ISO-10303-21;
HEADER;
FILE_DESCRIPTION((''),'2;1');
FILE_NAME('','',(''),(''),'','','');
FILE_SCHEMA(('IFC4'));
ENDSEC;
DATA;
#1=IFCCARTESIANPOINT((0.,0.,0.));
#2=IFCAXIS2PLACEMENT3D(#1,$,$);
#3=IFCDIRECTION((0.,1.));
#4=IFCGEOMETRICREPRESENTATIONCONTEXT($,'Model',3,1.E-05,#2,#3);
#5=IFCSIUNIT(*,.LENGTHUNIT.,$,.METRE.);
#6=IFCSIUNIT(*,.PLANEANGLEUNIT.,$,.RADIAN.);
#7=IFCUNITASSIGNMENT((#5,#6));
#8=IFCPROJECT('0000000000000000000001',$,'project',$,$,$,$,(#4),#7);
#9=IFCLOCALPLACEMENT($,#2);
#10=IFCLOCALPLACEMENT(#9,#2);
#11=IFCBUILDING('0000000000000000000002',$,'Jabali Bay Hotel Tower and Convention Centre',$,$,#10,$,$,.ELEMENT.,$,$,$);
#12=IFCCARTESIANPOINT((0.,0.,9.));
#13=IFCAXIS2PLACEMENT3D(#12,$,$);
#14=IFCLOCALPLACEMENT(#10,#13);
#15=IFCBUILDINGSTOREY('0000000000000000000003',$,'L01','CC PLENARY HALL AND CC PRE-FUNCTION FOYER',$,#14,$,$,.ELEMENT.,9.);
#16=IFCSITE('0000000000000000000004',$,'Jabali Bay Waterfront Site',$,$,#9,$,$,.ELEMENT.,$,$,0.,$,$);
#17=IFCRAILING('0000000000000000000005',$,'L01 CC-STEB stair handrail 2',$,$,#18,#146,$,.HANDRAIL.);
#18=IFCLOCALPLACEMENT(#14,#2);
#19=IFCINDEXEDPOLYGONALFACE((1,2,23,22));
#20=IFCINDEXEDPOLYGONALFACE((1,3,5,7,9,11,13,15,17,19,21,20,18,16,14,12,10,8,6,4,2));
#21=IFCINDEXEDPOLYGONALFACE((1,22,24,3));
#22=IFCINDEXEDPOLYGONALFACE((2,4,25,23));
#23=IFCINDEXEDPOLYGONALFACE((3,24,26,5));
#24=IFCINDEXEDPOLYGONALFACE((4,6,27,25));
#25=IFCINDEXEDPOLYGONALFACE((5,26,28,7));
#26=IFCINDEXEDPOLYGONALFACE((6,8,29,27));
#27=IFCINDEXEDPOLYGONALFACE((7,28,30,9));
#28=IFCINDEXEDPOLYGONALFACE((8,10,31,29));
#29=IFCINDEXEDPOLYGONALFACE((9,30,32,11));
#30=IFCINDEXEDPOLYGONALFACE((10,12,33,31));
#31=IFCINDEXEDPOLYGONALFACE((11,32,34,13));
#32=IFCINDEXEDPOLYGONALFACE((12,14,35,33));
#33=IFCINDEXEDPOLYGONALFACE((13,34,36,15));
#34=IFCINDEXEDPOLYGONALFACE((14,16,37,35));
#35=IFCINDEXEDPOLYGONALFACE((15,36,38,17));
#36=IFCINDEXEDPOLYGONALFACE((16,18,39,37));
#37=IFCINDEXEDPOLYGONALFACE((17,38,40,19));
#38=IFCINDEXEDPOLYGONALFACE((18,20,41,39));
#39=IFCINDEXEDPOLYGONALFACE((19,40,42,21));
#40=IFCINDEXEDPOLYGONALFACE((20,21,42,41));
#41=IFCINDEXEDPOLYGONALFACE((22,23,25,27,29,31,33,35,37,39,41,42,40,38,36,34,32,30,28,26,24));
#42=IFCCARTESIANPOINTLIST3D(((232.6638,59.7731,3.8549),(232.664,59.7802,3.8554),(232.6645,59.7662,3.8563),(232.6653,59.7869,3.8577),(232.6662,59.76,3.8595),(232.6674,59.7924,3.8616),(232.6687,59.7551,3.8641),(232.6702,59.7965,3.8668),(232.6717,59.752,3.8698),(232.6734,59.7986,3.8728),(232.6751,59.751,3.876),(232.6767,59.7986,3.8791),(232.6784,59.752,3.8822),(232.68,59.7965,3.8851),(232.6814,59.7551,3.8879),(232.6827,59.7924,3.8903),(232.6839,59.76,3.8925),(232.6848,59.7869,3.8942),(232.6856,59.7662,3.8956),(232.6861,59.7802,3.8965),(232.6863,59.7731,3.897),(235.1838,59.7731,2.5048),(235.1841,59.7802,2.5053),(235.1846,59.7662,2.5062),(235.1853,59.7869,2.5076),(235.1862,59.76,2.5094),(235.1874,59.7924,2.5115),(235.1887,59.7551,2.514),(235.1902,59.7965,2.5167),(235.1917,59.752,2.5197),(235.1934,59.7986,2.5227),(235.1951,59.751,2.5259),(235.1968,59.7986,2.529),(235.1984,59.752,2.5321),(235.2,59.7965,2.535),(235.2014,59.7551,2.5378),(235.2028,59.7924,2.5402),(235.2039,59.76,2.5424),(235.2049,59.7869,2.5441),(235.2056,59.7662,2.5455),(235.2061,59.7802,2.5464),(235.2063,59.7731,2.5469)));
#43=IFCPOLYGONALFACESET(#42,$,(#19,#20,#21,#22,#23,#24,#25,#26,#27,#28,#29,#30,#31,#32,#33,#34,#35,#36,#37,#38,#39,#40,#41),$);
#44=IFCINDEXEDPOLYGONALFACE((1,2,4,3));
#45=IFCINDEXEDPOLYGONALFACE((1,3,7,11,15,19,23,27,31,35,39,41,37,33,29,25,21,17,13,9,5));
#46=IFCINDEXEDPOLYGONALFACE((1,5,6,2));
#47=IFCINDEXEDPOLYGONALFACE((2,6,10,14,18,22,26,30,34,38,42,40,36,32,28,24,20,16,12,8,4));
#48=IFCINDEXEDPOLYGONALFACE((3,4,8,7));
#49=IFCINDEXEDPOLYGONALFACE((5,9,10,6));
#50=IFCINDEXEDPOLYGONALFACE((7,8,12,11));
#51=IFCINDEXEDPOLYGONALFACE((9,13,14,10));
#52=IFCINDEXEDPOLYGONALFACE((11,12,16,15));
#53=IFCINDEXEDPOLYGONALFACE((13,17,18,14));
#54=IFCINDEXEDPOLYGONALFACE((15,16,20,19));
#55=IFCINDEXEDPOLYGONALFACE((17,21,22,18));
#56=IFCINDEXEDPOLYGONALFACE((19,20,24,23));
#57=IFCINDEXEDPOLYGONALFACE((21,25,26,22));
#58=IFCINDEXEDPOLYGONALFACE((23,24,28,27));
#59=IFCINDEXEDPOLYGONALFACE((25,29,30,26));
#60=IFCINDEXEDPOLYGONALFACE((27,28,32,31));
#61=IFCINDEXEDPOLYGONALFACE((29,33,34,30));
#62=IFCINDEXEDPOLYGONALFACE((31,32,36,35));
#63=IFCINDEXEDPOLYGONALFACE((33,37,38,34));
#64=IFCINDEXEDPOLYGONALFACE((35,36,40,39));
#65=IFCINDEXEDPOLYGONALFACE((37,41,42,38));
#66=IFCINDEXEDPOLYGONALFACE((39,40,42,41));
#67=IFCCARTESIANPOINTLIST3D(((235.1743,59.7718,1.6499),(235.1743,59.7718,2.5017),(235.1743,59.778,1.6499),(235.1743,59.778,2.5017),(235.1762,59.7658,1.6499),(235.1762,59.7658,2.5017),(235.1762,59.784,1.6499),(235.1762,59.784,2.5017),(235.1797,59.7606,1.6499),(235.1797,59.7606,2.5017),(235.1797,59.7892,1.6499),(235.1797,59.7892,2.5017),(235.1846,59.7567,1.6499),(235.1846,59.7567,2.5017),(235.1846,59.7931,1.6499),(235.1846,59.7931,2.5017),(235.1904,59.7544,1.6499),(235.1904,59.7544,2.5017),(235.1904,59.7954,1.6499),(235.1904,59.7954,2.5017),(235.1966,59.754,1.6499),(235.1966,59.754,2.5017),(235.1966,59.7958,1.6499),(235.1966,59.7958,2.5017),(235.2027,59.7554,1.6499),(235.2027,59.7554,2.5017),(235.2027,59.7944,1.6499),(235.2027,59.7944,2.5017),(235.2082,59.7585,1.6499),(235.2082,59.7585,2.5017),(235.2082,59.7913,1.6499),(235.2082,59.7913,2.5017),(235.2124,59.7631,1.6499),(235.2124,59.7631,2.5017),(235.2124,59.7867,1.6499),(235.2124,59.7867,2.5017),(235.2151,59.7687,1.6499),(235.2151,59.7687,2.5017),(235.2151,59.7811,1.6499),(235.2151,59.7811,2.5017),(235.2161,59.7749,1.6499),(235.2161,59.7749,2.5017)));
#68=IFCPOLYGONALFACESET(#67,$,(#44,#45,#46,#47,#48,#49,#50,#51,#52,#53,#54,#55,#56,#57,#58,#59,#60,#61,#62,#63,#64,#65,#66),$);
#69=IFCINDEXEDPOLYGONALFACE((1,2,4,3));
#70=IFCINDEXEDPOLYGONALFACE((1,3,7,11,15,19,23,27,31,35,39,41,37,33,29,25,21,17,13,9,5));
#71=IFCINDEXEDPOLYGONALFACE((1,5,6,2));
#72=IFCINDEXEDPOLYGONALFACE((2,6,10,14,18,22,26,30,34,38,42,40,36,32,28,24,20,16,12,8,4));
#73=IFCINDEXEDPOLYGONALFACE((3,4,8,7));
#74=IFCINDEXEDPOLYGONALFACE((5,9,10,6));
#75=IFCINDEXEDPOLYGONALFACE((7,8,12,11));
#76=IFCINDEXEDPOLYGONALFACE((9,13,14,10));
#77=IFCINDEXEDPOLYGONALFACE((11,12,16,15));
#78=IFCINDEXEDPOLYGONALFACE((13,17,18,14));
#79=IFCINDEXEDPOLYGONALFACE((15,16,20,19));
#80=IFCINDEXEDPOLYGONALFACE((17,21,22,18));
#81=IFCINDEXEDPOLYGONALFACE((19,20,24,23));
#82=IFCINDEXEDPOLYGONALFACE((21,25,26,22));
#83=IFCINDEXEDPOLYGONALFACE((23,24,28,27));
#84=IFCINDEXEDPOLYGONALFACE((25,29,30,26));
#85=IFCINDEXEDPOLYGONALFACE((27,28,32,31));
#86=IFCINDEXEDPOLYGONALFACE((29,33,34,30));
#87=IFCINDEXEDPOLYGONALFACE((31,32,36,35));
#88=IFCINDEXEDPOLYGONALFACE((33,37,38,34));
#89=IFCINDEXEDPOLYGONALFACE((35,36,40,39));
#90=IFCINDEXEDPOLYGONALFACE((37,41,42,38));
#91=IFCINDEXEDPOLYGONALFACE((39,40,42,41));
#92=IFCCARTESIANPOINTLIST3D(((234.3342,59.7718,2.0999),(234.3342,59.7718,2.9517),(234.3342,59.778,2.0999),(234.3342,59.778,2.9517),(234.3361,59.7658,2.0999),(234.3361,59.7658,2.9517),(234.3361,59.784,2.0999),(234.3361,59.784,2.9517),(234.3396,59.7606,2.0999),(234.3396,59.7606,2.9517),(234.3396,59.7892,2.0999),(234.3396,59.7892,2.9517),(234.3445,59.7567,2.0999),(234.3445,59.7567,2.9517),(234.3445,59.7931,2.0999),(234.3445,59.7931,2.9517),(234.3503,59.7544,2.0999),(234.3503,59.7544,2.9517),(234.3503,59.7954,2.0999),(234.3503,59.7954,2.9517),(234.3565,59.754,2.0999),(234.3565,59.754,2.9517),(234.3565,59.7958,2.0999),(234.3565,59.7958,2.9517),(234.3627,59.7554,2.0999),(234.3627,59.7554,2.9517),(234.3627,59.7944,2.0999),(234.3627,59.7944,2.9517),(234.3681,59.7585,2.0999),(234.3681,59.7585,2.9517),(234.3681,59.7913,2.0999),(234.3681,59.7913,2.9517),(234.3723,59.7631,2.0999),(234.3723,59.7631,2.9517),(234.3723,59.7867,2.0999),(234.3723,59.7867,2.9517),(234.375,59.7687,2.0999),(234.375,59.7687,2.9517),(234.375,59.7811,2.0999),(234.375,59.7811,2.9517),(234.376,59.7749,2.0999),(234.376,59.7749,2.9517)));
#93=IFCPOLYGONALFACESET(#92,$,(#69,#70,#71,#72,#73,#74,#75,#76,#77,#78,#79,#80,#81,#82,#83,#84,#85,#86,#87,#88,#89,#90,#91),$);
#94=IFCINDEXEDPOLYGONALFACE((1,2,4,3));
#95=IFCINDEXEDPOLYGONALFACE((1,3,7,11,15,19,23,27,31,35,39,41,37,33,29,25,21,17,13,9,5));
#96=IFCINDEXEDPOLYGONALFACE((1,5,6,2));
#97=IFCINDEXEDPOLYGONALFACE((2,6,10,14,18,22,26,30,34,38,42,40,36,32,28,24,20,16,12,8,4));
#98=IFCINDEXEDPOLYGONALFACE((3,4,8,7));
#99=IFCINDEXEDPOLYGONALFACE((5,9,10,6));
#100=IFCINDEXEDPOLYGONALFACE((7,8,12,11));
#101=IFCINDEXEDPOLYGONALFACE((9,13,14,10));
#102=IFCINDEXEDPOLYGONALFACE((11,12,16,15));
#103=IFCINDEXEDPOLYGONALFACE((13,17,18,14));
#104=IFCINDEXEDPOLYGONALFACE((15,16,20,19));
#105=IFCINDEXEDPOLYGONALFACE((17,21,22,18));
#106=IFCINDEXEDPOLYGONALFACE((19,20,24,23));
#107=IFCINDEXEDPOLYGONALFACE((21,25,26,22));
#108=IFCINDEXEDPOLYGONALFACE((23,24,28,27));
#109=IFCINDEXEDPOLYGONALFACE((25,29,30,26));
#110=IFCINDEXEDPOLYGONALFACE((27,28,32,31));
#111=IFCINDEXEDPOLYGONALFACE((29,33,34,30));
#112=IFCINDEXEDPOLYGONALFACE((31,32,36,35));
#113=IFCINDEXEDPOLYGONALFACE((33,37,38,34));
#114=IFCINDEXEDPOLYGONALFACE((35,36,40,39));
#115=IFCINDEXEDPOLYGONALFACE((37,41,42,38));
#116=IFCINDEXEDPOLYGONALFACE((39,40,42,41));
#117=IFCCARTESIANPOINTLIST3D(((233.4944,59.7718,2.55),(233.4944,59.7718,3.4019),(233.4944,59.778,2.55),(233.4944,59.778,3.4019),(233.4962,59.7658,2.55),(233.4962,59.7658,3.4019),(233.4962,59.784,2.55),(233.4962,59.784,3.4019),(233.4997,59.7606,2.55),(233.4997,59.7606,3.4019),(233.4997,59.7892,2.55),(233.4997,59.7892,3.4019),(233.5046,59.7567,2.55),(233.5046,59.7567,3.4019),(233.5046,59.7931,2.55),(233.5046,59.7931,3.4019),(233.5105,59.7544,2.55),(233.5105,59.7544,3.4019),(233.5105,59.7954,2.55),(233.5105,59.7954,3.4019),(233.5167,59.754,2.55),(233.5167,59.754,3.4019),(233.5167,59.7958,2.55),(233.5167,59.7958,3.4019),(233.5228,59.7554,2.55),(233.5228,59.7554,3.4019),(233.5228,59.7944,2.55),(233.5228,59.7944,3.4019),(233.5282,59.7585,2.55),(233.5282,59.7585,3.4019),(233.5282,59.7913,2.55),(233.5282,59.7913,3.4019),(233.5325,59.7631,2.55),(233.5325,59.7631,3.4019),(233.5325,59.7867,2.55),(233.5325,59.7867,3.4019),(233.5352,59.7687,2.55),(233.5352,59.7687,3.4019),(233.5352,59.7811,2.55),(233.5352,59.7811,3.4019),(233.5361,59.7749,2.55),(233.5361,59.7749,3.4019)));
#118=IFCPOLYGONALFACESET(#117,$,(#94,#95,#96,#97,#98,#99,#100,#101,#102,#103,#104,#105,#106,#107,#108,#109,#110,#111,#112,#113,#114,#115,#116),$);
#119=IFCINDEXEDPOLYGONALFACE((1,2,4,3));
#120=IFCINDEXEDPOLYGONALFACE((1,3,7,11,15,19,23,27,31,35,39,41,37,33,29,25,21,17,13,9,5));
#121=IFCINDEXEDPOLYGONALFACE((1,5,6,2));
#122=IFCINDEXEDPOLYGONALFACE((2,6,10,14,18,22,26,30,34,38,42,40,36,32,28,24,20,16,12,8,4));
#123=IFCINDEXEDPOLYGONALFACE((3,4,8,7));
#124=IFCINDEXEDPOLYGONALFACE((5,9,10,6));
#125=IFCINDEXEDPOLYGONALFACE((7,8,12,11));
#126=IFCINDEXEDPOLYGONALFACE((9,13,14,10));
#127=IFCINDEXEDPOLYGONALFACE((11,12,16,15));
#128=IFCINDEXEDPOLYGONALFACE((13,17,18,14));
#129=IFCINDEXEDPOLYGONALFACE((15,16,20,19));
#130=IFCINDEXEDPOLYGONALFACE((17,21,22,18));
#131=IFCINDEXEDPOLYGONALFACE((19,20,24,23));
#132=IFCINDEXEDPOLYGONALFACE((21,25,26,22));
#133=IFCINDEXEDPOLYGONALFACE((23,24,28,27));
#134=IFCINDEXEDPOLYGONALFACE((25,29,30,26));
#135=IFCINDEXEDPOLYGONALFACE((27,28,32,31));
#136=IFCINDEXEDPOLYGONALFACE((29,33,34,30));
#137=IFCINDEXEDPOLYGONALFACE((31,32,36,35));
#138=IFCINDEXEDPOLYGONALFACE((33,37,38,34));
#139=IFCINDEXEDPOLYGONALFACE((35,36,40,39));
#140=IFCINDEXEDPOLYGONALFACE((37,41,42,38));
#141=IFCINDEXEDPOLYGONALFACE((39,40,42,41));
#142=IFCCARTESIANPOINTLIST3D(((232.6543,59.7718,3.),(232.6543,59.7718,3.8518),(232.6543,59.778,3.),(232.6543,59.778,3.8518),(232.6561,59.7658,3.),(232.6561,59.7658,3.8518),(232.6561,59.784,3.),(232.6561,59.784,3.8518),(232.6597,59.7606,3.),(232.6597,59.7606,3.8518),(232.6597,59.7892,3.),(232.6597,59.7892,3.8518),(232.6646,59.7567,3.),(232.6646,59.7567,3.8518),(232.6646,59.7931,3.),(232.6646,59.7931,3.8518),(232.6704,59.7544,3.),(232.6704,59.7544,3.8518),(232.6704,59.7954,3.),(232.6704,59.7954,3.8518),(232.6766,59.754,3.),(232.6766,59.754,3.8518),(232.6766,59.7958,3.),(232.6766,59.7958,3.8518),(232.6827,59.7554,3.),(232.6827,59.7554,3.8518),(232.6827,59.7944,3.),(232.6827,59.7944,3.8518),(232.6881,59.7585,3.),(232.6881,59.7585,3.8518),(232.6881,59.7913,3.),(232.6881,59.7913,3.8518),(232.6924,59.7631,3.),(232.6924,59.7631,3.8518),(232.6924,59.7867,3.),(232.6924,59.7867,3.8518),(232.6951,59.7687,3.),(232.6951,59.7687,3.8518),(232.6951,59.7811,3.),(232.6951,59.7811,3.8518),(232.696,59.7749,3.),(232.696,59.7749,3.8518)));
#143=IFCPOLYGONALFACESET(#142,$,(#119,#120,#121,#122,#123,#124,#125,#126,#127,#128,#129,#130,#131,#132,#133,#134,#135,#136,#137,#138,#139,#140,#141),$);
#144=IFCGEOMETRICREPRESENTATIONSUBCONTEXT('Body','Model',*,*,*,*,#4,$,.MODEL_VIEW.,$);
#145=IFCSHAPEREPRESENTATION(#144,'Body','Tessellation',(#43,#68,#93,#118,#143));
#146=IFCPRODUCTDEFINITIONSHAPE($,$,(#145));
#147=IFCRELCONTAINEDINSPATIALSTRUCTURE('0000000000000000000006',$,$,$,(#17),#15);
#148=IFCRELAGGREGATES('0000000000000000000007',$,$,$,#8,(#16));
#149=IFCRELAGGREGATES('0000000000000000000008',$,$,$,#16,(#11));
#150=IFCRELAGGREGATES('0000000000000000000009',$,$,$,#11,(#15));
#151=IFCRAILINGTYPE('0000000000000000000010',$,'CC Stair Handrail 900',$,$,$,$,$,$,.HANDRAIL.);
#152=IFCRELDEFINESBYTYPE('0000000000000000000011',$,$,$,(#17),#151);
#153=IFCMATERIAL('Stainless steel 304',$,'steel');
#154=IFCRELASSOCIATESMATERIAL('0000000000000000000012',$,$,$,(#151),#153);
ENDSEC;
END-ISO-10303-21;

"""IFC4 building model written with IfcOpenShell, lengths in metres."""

from ifc_helpers import new_model, si_unit, direction, frame, origin, origin_2d, place, context, subcontext, project, spatial, circle, extrude, material, type_object, element, save


model = new_model("IFC4")

# Units and contexts
model_context = context("Model", 3, precision=1e-05, world=origin(), true_north=direction((0.0, 1.0)))
body_context = subcontext(model_context, "Body", "Model", "MODEL_VIEW")
ifc_project = project(units=[si_unit("LENGTHUNIT", "METRE"), si_unit("PLANEANGLEUNIT", "RADIAN")], contexts=[model_context])

# Site, building, storey
site_placement = place(None, origin())
site = spatial("IfcSite", under=ifc_project, at=site_placement, Name="Jabali Bay Waterfront Site", CompositionType="ELEMENT", RefElevation=0.0)
building_placement = place(site_placement, origin())
building = spatial("IfcBuilding", under=site, at=building_placement, Name="Jabali Bay Hotel Tower and Convention Centre", CompositionType="ELEMENT")
storey_placement = place(building_placement, frame((0.0, 0.0, 9.0)))
storey = spatial("IfcBuildingStorey", under=building, at=storey_placement, Name="L01", Description="CC PLENARY HALL AND CC PRE-FUNCTION FOYER", CompositionType="ELEMENT", Elevation=9.0)

# Railing
ifc_material_1 = material(Name="Stainless steel 304", Category="steel")
railing_type_1 = type_object("IfcRailingType", Name="CC Stair Handrail 900", PredefinedType="HANDRAIL", material=ifc_material_1)
for number, where, name in (
    (1, (235.1951, 59.7749, 1.6499), "L01 CC-STEB stair handrail 2"),
):
    element("IfcRailing", number, at=place(storey_placement, frame(where)), inside=storey, type_object=railing_type_1, Name=name, PredefinedType="HANDRAIL", context=body_context, shape_type="SweptSolid", body=[
        extrude(circle(Radius=0.0239, at=origin_2d()), frame((0.0, 0.0, 0.876), z_axis=(-0.881467, 0.0, 0.472245), x_axis=(0.0, -1.0, 0.0)), (0.0, 0.0, 1.0), 2.8589),
        extrude(circle(Radius=0.021, at=origin_2d()), origin(), (0.0, 0.0, 1.0), 0.8518),
        extrude(circle(Radius=0.021, at=origin_2d()), frame((-0.8401, 0.0, 0.45)), (0.0, 0.0, 1.0), 0.8518),
        extrude(circle(Radius=0.021, at=origin_2d()), frame((-1.6799, 0.0, 0.9001)), (0.0, 0.0, 1.0), 0.8518),
        extrude(circle(Radius=0.021, at=origin_2d()), frame((-2.52, 0.0, 1.3501)), (0.0, 0.0, 1.0), 0.8518),
    ])

save(model, "model.ifc")
